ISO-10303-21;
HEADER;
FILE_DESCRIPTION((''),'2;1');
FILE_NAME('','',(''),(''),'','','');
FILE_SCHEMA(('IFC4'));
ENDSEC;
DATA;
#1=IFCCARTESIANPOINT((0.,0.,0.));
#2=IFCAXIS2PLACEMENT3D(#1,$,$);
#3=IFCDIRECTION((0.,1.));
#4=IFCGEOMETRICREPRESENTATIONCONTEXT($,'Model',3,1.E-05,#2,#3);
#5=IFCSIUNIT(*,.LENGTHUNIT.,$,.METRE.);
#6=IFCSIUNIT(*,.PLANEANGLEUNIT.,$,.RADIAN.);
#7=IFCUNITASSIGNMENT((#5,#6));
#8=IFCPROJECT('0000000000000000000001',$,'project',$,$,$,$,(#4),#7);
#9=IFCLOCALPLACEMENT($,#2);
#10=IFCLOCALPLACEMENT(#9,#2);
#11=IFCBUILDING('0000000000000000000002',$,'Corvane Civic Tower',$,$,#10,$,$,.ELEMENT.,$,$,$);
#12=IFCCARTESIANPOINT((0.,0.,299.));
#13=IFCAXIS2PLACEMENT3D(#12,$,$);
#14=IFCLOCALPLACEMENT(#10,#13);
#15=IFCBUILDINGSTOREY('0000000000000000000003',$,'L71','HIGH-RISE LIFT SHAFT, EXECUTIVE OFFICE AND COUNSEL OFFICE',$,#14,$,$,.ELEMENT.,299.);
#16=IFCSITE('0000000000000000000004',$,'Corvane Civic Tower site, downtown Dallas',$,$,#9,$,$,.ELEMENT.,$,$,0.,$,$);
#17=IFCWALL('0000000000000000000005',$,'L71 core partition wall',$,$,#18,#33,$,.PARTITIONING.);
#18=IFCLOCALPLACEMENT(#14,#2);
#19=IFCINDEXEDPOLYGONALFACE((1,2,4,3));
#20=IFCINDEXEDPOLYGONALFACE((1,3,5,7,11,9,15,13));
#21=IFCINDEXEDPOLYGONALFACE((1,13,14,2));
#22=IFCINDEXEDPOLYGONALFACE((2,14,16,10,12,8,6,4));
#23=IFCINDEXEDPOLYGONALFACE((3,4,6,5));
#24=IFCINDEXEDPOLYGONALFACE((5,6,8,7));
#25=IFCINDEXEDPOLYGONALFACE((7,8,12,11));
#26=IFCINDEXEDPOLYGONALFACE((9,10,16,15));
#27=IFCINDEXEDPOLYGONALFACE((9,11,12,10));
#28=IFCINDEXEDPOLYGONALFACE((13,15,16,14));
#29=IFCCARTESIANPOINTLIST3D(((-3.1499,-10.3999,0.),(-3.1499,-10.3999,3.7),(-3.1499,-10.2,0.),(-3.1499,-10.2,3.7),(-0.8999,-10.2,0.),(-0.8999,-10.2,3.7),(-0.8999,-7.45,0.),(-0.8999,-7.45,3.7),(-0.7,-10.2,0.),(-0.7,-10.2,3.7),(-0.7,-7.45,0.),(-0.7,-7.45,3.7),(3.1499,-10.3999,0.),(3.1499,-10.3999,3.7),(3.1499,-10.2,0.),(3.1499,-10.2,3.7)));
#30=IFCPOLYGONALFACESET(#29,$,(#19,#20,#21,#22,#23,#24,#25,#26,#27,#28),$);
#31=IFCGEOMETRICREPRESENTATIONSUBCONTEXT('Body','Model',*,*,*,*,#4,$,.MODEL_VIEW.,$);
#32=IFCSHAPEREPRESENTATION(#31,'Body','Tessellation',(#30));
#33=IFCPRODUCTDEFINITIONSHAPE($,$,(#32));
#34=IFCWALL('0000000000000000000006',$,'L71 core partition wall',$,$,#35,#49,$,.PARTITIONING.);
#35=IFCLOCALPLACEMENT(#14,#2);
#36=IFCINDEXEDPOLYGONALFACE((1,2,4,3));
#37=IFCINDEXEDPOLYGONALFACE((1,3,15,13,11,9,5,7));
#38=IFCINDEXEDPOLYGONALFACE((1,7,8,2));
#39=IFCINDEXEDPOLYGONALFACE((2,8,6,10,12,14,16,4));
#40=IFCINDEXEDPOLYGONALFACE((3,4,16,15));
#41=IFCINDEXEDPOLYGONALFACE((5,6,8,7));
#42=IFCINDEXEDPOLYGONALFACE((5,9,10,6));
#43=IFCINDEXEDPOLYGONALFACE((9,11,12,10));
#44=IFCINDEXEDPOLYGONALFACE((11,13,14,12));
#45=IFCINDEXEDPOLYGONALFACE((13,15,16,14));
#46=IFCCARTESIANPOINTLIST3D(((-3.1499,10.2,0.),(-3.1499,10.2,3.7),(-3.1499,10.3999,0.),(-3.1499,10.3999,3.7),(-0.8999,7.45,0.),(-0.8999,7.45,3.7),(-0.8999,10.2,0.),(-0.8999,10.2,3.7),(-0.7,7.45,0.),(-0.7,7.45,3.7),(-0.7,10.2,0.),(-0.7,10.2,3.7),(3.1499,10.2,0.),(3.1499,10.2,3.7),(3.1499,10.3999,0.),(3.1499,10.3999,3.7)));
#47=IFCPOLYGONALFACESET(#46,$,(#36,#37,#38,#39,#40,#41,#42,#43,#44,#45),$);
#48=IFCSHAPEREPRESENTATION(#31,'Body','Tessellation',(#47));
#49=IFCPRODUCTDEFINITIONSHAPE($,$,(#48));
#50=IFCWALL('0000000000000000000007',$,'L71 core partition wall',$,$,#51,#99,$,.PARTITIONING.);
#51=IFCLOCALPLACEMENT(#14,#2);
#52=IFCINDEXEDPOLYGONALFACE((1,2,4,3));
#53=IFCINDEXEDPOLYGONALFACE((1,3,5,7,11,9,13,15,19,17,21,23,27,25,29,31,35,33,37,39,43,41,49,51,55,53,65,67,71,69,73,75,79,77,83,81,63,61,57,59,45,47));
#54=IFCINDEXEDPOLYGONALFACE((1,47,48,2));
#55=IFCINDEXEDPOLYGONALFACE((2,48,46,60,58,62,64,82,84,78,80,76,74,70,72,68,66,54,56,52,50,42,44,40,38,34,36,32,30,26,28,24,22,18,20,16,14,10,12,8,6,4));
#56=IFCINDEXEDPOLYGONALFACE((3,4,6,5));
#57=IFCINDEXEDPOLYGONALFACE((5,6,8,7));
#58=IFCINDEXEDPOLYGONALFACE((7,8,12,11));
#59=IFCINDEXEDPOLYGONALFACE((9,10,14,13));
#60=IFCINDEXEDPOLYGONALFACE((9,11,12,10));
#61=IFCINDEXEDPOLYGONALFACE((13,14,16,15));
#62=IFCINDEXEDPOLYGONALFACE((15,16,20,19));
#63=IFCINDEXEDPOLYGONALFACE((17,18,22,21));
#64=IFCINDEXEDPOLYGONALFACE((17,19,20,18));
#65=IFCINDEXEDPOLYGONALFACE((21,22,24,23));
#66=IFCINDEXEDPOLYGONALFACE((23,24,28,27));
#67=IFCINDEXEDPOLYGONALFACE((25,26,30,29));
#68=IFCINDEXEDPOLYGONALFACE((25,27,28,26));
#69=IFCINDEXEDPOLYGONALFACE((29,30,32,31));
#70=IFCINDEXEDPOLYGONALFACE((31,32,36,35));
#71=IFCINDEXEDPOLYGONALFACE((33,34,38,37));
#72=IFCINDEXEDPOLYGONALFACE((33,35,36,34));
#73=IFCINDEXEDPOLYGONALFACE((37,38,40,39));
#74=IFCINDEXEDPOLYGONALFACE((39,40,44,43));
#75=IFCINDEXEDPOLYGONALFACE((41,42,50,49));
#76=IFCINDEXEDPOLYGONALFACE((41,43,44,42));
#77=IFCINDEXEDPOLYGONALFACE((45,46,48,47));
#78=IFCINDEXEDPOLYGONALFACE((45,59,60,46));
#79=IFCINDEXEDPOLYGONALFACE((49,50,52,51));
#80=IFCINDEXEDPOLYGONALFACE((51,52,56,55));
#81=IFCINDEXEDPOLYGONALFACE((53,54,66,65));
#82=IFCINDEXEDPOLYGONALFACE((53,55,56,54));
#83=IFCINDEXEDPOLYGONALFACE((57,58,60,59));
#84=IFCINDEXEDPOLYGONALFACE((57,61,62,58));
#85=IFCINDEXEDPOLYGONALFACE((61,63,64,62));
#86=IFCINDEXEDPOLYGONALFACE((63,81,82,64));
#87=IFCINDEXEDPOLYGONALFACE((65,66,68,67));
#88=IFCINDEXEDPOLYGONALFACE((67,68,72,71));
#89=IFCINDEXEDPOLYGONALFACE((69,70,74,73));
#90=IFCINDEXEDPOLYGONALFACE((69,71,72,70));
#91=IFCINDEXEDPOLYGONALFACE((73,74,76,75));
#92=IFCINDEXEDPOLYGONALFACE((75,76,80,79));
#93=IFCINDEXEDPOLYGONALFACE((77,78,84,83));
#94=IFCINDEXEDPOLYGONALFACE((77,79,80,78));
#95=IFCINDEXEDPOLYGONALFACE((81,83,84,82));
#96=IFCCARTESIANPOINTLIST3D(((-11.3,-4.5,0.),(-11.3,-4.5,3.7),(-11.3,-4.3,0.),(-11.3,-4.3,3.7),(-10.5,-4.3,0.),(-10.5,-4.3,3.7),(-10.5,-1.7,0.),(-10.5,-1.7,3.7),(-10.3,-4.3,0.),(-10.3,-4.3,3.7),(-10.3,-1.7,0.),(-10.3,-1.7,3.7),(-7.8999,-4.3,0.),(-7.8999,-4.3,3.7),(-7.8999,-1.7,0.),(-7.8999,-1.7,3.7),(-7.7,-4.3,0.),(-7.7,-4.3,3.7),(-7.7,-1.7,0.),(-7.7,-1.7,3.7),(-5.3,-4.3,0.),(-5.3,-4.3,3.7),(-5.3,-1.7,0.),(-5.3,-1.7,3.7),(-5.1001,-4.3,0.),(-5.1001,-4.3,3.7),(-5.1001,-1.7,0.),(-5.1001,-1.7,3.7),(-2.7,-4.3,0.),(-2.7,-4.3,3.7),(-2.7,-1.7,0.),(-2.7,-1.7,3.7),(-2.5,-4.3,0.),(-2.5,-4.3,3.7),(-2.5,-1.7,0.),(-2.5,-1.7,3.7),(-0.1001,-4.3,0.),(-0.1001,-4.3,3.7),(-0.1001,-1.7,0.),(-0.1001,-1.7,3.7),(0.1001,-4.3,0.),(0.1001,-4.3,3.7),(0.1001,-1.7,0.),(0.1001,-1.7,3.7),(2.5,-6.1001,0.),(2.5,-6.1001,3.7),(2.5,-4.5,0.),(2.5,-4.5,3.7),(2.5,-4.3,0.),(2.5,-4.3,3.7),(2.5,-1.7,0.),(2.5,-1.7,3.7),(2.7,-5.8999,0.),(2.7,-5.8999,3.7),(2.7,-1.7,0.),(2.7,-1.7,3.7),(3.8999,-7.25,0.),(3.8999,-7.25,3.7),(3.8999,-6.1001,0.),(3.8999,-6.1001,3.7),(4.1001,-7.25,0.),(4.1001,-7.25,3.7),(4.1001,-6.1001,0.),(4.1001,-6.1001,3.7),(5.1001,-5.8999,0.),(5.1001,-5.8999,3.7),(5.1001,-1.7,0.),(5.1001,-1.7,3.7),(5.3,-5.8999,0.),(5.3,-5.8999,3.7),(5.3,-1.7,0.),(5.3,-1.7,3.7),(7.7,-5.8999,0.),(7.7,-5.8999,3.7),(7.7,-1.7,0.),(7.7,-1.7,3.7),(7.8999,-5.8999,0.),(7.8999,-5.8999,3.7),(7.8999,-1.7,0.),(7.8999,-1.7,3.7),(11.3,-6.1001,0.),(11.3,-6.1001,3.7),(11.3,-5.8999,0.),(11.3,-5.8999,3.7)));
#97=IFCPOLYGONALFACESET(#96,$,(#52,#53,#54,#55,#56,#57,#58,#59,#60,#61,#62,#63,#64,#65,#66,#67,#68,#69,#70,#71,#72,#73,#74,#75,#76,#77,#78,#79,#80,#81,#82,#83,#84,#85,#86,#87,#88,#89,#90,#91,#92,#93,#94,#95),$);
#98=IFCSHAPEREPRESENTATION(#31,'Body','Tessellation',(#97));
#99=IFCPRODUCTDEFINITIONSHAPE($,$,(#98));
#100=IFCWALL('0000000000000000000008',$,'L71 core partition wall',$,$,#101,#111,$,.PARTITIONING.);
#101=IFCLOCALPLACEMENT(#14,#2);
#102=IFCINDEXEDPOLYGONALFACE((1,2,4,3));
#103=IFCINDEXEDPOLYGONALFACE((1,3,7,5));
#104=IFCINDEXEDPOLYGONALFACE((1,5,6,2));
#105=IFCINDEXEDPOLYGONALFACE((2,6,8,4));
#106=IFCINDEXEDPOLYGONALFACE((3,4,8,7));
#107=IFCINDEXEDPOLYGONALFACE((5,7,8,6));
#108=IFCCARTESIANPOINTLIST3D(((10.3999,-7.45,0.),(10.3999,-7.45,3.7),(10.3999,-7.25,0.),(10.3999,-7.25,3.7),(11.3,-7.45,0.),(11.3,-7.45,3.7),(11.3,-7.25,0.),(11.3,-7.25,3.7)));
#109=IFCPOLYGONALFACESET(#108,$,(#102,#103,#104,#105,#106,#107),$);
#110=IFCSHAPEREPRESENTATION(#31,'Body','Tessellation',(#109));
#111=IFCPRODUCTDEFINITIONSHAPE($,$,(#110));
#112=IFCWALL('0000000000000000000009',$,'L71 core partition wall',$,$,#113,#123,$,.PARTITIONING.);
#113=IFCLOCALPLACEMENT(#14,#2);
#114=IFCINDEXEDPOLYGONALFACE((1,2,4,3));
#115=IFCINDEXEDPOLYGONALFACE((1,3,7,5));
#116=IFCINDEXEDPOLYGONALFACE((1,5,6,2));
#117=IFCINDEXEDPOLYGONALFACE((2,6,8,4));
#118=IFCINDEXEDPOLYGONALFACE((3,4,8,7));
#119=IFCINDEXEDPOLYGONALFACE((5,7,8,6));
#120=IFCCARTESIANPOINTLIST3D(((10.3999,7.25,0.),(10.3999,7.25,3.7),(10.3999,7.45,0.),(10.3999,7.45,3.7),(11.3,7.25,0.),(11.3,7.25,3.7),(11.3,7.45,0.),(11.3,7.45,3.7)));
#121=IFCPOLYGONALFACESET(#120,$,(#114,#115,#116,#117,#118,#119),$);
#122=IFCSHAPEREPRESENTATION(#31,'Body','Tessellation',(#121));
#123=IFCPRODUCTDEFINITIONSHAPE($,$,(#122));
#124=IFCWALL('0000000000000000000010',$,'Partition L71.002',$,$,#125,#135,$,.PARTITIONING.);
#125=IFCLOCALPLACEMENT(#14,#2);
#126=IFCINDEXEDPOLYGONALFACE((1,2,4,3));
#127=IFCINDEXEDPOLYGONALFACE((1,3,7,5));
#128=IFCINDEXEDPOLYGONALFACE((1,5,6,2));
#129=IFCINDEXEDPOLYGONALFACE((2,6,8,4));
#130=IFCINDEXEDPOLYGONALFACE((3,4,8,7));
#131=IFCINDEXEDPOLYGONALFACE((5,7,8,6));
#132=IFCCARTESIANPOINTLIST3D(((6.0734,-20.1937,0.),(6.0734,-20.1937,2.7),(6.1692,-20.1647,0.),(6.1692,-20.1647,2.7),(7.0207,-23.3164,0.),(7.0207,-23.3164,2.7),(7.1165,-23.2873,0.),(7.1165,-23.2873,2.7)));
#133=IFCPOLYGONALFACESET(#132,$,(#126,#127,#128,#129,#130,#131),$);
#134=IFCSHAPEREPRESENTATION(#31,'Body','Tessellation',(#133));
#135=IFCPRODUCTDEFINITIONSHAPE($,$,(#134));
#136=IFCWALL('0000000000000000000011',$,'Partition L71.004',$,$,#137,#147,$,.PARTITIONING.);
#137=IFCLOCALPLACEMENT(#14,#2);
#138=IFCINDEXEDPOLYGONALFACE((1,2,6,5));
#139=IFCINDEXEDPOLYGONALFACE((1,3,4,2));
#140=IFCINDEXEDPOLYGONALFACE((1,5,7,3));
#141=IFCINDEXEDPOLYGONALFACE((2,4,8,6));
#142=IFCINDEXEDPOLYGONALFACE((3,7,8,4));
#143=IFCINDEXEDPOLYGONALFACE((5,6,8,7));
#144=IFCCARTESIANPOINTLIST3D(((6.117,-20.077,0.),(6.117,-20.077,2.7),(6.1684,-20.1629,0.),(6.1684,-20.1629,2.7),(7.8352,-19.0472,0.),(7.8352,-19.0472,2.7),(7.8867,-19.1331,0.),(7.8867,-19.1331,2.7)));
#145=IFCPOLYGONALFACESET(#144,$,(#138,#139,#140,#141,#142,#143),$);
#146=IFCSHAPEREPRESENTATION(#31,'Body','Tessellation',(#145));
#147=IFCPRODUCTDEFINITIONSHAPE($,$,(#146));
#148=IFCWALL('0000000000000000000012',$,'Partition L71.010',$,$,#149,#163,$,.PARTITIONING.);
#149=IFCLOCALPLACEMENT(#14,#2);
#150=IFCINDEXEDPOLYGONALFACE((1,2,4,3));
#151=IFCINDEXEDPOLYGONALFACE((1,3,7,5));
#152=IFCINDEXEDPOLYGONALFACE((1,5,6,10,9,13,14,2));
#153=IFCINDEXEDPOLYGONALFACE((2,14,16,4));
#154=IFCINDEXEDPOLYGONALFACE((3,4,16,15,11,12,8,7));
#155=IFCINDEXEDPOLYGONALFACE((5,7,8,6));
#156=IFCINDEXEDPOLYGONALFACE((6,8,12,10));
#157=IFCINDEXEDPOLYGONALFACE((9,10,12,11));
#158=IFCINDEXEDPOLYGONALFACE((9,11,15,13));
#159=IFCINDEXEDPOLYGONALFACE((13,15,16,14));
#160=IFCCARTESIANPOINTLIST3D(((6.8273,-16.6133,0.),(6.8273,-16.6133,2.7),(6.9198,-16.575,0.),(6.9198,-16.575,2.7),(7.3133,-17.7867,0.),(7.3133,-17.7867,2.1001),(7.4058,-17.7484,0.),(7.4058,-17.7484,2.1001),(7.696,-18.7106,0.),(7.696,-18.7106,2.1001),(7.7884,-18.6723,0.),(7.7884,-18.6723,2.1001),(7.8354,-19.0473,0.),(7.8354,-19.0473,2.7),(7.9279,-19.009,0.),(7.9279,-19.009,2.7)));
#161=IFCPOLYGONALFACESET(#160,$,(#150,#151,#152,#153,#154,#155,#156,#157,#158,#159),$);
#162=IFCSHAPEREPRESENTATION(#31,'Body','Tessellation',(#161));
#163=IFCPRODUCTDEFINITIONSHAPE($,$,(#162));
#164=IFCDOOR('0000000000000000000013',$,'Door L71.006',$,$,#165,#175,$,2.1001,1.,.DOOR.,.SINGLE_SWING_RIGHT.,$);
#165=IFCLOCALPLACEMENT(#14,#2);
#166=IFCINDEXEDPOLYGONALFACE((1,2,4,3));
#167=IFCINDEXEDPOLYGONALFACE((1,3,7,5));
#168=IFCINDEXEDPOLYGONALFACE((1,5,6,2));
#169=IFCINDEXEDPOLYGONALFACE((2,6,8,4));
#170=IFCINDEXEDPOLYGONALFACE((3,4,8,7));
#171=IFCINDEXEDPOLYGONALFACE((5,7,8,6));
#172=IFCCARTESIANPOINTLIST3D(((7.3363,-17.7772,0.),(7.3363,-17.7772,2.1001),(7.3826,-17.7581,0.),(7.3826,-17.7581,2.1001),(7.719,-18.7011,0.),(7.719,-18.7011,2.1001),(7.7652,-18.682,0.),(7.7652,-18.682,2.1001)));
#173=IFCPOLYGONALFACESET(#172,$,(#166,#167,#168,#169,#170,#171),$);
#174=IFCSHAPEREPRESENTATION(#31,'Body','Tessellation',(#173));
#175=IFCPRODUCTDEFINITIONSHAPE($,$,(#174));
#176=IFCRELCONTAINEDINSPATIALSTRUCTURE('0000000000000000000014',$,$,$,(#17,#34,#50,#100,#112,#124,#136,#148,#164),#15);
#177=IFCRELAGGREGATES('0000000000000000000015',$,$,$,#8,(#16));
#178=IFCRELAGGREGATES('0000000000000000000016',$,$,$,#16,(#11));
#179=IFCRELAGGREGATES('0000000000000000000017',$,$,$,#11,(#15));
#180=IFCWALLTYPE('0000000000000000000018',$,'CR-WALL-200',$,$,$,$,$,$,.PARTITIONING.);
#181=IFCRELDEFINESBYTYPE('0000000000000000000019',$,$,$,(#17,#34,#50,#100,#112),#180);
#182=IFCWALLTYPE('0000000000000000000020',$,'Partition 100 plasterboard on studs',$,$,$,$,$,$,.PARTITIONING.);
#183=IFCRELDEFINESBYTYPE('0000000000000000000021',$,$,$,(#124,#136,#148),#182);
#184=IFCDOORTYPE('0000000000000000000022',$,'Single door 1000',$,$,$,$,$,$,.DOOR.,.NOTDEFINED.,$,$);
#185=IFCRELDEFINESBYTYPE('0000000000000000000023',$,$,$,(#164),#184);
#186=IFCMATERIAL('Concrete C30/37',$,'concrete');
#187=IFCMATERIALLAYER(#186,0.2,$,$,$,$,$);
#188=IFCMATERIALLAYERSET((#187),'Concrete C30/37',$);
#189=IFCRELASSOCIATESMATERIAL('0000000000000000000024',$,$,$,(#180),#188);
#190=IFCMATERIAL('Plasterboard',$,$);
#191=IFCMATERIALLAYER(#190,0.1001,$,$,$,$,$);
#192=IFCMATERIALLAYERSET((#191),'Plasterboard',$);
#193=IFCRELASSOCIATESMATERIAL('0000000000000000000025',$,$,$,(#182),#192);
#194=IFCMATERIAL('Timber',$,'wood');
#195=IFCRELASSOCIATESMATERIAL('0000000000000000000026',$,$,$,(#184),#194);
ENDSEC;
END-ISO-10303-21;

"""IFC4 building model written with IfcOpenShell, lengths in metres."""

from ifc_helpers import new_model, si_unit, direction, frame, frame_2d, origin, place, context, subcontext, project, spatial, polyline, rectangle, outline, extrude, material, layer, layer_set, type_object, element, fill, save


model = new_model("IFC4")

# Units and contexts
model_context = context("Model", 3, precision=1e-05, world=origin(), true_north=direction((0.0, 1.0)))
body_context = subcontext(model_context, "Body", "Model", "MODEL_VIEW")
ifc_project = project(units=[si_unit("LENGTHUNIT", "METRE"), si_unit("PLANEANGLEUNIT", "RADIAN")], contexts=[model_context])

# Site, building, storey
site_placement = place(None, origin())
site = spatial("IfcSite", under=ifc_project, at=site_placement, Name="Corvane Civic Tower site, downtown Dallas", CompositionType="ELEMENT", RefElevation=0.0)
building_placement = place(site_placement, origin())
building = spatial("IfcBuilding", under=site, at=building_placement, Name="Corvane Civic Tower", CompositionType="ELEMENT")
storey_placement = place(building_placement, frame((0.0, 0.0, 299.0)))
storey = spatial("IfcBuildingStorey", under=building, at=storey_placement, Name="L71", Description="HIGH-RISE LIFT SHAFT, EXECUTIVE OFFICE AND COUNSEL OFFICE", CompositionType="ELEMENT", Elevation=299.0)

# Shared definitions
ifc_material_1 = material(Name="Concrete C30/37", Category="concrete")
ifc_layer_1 = layer(ifc_material_1, 0.2)
ifc_layer_set_1 = layer_set([ifc_layer_1], Name="Concrete C30/37")
wall_type_1 = type_object("IfcWallType", Name="CR-WALL-200", PredefinedType="PARTITIONING", material=ifc_layer_set_1)

# Walls
wall_1_placement = place(storey_placement, origin())
element("IfcWall", 1, at=wall_1_placement, inside=storey, type_object=wall_type_1, Name="L71 core partition wall", PredefinedType="PARTITIONING", context=body_context, shape_type="SweptSolid", body=[
    extrude(outline(polyline([(-0.7, -7.45), (-0.7, -10.2), (3.1499, -10.2), (3.1499, -10.3999), (-3.1499, -10.3999), (-3.1499, -10.2), (-0.8999, -10.2), (-0.8999, -7.45), (-0.7, -7.45)])), origin(), (0.0, 0.0, 1.0), 3.7),
])
wall_2_placement = place(storey_placement, origin())
element("IfcWall", 2, at=wall_2_placement, inside=storey, type_object=wall_type_1, Name="L71 core partition wall", PredefinedType="PARTITIONING", context=body_context, shape_type="SweptSolid", body=[
    extrude(outline(polyline([(3.1499, 10.3999), (3.1499, 10.2), (-0.7, 10.2), (-0.7, 7.45), (-0.8999, 7.45), (-0.8999, 10.2), (-3.1499, 10.2), (-3.1499, 10.3999), (3.1499, 10.3999)])), origin(), (0.0, 0.0, 1.0), 3.7),
])
wall_3_placement = place(storey_placement, origin())
element("IfcWall", 3, at=wall_3_placement, inside=storey, type_object=wall_type_1, Name="L71 core partition wall", PredefinedType="PARTITIONING", context=body_context, shape_type="SweptSolid", body=[
    extrude(outline(polyline([(-10.5, -1.7), (-10.3, -1.7), (-10.3, -4.3), (-7.8999, -4.3), (-7.8999, -1.7), (-7.7, -1.7), (-7.7, -4.3), (-5.3, -4.3), (-5.3, -1.7), (-5.1001, -1.7), (-5.1001, -4.3), (-2.7, -4.3), (-2.7, -1.7), (-2.5, -1.7), (-2.5, -4.3), (-0.1001, -4.3), (-0.1001, -1.7), (0.1001, -1.7), (0.1001, -4.3), (2.5, -4.3), (2.5, -1.7), (2.7, -1.7), (2.7, -5.8999), (5.1001, -5.8999), (5.1001, -1.7), (5.3, -1.7), (5.3, -5.8999), (7.7, -5.8999), (7.7, -1.7), (7.8999, -1.7), (7.8999, -5.8999), (11.3, -5.8999), (11.3, -6.1001), (4.1001, -6.1001), (4.1001, -7.25), (3.8999, -7.25), (3.8999, -6.1001), (2.5, -6.1001), (2.5, -4.5), (-11.3, -4.5), (-11.3, -4.3), (-10.5, -4.3), (-10.5, -1.7)])), origin(), (0.0, 0.0, 1.0), 3.7),
])
wall_4_placement = place(storey_placement, origin())
element("IfcWall", 4, at=wall_4_placement, inside=storey, type_object=wall_type_1, Name="L71 core partition wall", PredefinedType="PARTITIONING", context=body_context, shape_type="SweptSolid", body=[
    extrude(outline(polyline([(11.3, -7.45), (10.3999, -7.45), (10.3999, -7.25), (11.3, -7.25), (11.3, -7.45)])), origin(), (0.0, 0.0, 1.0), 3.7),
])
wall_5_placement = place(storey_placement, origin())
element("IfcWall", 5, at=wall_5_placement, inside=storey, type_object=wall_type_1, Name="L71 core partition wall", PredefinedType="PARTITIONING", context=body_context, shape_type="SweptSolid", body=[
    extrude(outline(polyline([(10.3999, 7.25), (10.3999, 7.45), (11.3, 7.45), (11.3, 7.25), (10.3999, 7.25)])), origin(), (0.0, 0.0, 1.0), 3.7),
])
ifc_material_2 = material(Name="Plasterboard")
ifc_layer_2 = layer(ifc_material_2, 0.1001)
ifc_layer_set_2 = layer_set([ifc_layer_2], Name="Plasterboard")
wall_type_2 = type_object("IfcWallType", Name="Partition 100 plasterboard on studs", PredefinedType="PARTITIONING", material=ifc_layer_set_2)
wall_6_placement = place(storey_placement, frame((6.1213, -20.1792, 0.0), z_axis=(0.0, 0.0, 1.0), x_axis=(0.290298, -0.956936, 0.0)))
element("IfcWall", 6, at=wall_6_placement, inside=storey, type_object=wall_type_2, Name="Partition L71.002", PredefinedType="PARTITIONING", context=body_context, shape_type="SweptSolid", body=[
    extrude(rectangle(XDim=3.2632, YDim=0.1001, at=frame_2d((1.6316, 0.0))), origin(), (0.0, 0.0, 1.0), 2.7),
])
wall_7_placement = place(storey_placement, frame((6.1428, -20.1199, 0.0), z_axis=(0.0, 0.0, 1.0), x_axis=(0.857751, 0.514066, 0.0)))
element("IfcWall", 7, at=wall_7_placement, inside=storey, type_object=wall_type_2, Name="Partition L71.004", PredefinedType="PARTITIONING", context=body_context, shape_type="SweptSolid", body=[
    extrude(rectangle(XDim=2.0032, YDim=0.1001, at=frame_2d((1.0015, 0.0))), origin(), (0.0, 0.0, 1.0), 2.7),
])

# Wall, opening, door
wall_8_placement = place(storey_placement, frame((6.8735, -16.594, 0.0), z_axis=(0.0, 0.0, 1.0), x_axis=(0.382627, -0.923903, 0.0)))
wall_8 = element("IfcWall", 8, at=wall_8_placement, inside=storey, type_object=wall_type_2, Name="Partition L71.010", PredefinedType="PARTITIONING", context=body_context, shape_type="SweptSolid", body=[
    extrude(rectangle(XDim=2.6345, YDim=0.1001, at=frame_2d((1.3174, 0.0))), origin(), (0.0, 0.0, 1.0), 2.7),
])
opening_1_placement = place(wall_8_placement, frame((1.2703, 0.0, 0.0)))
opening_1 = element("IfcOpeningElement", 9, at=opening_1_placement, cuts=wall_8, PredefinedType="OPENING", context=body_context, shape_type="SweptSolid", body=[
    extrude(rectangle(XDim=1.0, YDim=2.1001, at=frame_2d((0.5, 1.05))), frame((0.0, 0.0601, 0.0), z_axis=(0.0, -1.0, 0.0), x_axis=(1.0, 0.0, 0.0)), (0.0, 0.0, 1.0), 0.1201),
])
ifc_material_3 = material(Name="Timber", Category="wood")
door_type_1 = type_object("IfcDoorType", Name="Single door 1000", OperationType="NOTDEFINED", PredefinedType="DOOR", material=ifc_material_3)
door_1_placement = place(opening_1_placement, origin())
door_1 = element("IfcDoor", 10, at=door_1_placement, inside=storey, type_object=door_type_1, Name="Door L71.006", OperationType="SINGLE_SWING_RIGHT", OverallHeight=2.1001, OverallWidth=1.0, PredefinedType="DOOR", context=body_context, shape_type="SweptSolid", body=[
    extrude(rectangle(XDim=1.0, YDim=2.1001, at=frame_2d((0.5, 1.05))), frame((0.0, 0.0249, 0.0), z_axis=(0.0, -1.0, 0.0), x_axis=(1.0, 0.0, 0.0)), (0.0, 0.0, 1.0), 0.05),
])
fill(opening_1, door_1)

save(model, "model.ifc")
